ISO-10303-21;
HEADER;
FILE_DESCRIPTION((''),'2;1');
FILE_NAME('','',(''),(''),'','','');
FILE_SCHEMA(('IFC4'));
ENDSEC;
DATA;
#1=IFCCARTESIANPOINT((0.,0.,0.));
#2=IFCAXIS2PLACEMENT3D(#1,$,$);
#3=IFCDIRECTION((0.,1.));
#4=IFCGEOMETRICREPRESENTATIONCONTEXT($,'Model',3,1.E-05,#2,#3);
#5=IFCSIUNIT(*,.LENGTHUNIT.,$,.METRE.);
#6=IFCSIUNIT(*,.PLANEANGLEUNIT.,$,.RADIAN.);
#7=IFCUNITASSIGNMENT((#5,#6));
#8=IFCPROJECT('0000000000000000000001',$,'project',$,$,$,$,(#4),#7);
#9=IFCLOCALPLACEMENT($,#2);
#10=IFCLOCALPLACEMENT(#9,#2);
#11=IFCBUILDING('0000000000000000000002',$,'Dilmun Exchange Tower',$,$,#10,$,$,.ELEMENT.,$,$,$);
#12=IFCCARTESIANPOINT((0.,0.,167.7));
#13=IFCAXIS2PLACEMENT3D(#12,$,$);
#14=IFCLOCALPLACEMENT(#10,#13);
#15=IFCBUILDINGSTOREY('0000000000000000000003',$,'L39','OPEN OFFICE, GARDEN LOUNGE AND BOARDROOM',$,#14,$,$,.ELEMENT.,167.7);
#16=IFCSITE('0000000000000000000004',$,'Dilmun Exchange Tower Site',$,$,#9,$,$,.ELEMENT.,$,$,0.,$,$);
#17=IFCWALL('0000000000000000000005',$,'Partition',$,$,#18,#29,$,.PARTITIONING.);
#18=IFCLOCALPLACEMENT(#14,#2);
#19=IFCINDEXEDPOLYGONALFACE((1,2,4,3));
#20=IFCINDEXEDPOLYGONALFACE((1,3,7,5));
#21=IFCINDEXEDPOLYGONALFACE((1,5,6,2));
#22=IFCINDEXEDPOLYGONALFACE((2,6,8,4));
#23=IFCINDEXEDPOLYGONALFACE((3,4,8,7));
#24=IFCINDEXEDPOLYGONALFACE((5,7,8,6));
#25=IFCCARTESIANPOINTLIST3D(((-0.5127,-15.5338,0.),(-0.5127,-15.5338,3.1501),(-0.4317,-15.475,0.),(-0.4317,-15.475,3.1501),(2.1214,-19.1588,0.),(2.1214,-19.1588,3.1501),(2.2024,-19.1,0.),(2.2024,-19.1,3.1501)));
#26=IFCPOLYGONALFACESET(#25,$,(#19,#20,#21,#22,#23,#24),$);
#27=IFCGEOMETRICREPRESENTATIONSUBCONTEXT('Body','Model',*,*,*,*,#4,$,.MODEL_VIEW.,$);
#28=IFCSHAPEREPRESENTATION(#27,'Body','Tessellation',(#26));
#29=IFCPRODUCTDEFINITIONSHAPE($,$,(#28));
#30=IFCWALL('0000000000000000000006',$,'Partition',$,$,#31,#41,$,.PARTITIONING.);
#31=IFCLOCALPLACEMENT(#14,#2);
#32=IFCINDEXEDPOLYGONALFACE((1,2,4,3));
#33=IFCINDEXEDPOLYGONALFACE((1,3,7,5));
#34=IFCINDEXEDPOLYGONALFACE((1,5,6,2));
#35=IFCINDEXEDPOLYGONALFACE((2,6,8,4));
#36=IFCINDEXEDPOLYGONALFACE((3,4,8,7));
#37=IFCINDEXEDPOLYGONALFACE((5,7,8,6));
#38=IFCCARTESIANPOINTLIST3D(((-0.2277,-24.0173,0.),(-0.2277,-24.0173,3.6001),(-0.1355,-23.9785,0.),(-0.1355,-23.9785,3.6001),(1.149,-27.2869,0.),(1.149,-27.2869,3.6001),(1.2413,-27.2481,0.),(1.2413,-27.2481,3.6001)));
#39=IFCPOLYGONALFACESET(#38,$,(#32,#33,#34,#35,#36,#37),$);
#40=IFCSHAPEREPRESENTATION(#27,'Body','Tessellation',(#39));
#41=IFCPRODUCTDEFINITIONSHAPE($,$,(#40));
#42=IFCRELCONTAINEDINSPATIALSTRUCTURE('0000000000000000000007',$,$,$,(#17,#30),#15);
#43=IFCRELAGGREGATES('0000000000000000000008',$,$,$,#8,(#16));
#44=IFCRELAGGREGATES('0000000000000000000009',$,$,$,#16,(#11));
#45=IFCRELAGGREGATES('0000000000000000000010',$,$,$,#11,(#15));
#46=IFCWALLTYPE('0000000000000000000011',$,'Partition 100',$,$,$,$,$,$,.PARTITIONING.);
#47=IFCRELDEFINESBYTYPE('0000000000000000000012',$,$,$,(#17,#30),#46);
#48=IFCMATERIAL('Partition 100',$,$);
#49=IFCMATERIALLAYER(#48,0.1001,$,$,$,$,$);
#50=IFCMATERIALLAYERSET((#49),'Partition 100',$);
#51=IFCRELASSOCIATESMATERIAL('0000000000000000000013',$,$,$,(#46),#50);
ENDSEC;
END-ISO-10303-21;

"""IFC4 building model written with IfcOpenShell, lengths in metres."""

from ifc_helpers import new_model, si_unit, direction, frame, frame_2d, origin, place, context, subcontext, project, spatial, rectangle, extrude, material, layer, layer_set, type_object, element, save


model = new_model("IFC4")

# Units and contexts
model_context = context("Model", 3, precision=1e-05, world=origin(), true_north=direction((0.0, 1.0)))
body_context = subcontext(model_context, "Body", "Model", "MODEL_VIEW")
ifc_project = project(units=[si_unit("LENGTHUNIT", "METRE"), si_unit("PLANEANGLEUNIT", "RADIAN")], contexts=[model_context])

# Site, building, storey
site_placement = place(None, origin())
site = spatial("IfcSite", under=ifc_project, at=site_placement, Name="Dilmun Exchange Tower Site", CompositionType="ELEMENT", RefElevation=0.0)
building_placement = place(site_placement, origin())
building = spatial("IfcBuilding", under=site, at=building_placement, Name="Dilmun Exchange Tower", CompositionType="ELEMENT")
storey_placement = place(building_placement, frame((0.0, 0.0, 167.7)))
storey = spatial("IfcBuildingStorey", under=building, at=storey_placement, Name="L39", Description="OPEN OFFICE, GARDEN LOUNGE AND BOARDROOM", CompositionType="ELEMENT", Elevation=167.7)

# Walls
ifc_material_1 = material(Name="Partition 100")
ifc_layer_1 = layer(ifc_material_1, 0.1001)
ifc_layer_set_1 = layer_set([ifc_layer_1], Name="Partition 100")
wall_type_1 = type_object("IfcWallType", Name="Partition 100", PredefinedType="PARTITIONING", material=ifc_layer_set_1)
wall_1_placement = place(storey_placement, frame((-0.4722, -15.5044, 0.0), z_axis=(0.0, 0.0, 1.0), x_axis=(0.587831, -0.808983, 0.0)))
element("IfcWall", 1, at=wall_1_placement, inside=storey, type_object=wall_type_1, Name="Partition", PredefinedType="PARTITIONING", context=body_context, shape_type="SweptSolid", body=[
    extrude(rectangle(XDim=4.481, YDim=0.1001, at=frame_2d((2.2405, 0.0))), origin(), (0.0, 0.0, 1.0), 3.1501),
])
wall_2_placement = place(storey_placement, frame((-0.1816, -23.9978, 0.0), z_axis=(0.0, 0.0, 1.0), x_axis=(0.388072, -0.921629, 0.0)))
element("IfcWall", 2, at=wall_2_placement, inside=storey, type_object=wall_type_1, Name="Partition", PredefinedType="PARTITIONING", context=body_context, shape_type="SweptSolid", body=[
    extrude(rectangle(XDim=3.5476, YDim=0.1001, at=frame_2d((1.7739, 0.0))), origin(), (0.0, 0.0, 1.0), 3.6001),
])

save(model, "model.ifc")
